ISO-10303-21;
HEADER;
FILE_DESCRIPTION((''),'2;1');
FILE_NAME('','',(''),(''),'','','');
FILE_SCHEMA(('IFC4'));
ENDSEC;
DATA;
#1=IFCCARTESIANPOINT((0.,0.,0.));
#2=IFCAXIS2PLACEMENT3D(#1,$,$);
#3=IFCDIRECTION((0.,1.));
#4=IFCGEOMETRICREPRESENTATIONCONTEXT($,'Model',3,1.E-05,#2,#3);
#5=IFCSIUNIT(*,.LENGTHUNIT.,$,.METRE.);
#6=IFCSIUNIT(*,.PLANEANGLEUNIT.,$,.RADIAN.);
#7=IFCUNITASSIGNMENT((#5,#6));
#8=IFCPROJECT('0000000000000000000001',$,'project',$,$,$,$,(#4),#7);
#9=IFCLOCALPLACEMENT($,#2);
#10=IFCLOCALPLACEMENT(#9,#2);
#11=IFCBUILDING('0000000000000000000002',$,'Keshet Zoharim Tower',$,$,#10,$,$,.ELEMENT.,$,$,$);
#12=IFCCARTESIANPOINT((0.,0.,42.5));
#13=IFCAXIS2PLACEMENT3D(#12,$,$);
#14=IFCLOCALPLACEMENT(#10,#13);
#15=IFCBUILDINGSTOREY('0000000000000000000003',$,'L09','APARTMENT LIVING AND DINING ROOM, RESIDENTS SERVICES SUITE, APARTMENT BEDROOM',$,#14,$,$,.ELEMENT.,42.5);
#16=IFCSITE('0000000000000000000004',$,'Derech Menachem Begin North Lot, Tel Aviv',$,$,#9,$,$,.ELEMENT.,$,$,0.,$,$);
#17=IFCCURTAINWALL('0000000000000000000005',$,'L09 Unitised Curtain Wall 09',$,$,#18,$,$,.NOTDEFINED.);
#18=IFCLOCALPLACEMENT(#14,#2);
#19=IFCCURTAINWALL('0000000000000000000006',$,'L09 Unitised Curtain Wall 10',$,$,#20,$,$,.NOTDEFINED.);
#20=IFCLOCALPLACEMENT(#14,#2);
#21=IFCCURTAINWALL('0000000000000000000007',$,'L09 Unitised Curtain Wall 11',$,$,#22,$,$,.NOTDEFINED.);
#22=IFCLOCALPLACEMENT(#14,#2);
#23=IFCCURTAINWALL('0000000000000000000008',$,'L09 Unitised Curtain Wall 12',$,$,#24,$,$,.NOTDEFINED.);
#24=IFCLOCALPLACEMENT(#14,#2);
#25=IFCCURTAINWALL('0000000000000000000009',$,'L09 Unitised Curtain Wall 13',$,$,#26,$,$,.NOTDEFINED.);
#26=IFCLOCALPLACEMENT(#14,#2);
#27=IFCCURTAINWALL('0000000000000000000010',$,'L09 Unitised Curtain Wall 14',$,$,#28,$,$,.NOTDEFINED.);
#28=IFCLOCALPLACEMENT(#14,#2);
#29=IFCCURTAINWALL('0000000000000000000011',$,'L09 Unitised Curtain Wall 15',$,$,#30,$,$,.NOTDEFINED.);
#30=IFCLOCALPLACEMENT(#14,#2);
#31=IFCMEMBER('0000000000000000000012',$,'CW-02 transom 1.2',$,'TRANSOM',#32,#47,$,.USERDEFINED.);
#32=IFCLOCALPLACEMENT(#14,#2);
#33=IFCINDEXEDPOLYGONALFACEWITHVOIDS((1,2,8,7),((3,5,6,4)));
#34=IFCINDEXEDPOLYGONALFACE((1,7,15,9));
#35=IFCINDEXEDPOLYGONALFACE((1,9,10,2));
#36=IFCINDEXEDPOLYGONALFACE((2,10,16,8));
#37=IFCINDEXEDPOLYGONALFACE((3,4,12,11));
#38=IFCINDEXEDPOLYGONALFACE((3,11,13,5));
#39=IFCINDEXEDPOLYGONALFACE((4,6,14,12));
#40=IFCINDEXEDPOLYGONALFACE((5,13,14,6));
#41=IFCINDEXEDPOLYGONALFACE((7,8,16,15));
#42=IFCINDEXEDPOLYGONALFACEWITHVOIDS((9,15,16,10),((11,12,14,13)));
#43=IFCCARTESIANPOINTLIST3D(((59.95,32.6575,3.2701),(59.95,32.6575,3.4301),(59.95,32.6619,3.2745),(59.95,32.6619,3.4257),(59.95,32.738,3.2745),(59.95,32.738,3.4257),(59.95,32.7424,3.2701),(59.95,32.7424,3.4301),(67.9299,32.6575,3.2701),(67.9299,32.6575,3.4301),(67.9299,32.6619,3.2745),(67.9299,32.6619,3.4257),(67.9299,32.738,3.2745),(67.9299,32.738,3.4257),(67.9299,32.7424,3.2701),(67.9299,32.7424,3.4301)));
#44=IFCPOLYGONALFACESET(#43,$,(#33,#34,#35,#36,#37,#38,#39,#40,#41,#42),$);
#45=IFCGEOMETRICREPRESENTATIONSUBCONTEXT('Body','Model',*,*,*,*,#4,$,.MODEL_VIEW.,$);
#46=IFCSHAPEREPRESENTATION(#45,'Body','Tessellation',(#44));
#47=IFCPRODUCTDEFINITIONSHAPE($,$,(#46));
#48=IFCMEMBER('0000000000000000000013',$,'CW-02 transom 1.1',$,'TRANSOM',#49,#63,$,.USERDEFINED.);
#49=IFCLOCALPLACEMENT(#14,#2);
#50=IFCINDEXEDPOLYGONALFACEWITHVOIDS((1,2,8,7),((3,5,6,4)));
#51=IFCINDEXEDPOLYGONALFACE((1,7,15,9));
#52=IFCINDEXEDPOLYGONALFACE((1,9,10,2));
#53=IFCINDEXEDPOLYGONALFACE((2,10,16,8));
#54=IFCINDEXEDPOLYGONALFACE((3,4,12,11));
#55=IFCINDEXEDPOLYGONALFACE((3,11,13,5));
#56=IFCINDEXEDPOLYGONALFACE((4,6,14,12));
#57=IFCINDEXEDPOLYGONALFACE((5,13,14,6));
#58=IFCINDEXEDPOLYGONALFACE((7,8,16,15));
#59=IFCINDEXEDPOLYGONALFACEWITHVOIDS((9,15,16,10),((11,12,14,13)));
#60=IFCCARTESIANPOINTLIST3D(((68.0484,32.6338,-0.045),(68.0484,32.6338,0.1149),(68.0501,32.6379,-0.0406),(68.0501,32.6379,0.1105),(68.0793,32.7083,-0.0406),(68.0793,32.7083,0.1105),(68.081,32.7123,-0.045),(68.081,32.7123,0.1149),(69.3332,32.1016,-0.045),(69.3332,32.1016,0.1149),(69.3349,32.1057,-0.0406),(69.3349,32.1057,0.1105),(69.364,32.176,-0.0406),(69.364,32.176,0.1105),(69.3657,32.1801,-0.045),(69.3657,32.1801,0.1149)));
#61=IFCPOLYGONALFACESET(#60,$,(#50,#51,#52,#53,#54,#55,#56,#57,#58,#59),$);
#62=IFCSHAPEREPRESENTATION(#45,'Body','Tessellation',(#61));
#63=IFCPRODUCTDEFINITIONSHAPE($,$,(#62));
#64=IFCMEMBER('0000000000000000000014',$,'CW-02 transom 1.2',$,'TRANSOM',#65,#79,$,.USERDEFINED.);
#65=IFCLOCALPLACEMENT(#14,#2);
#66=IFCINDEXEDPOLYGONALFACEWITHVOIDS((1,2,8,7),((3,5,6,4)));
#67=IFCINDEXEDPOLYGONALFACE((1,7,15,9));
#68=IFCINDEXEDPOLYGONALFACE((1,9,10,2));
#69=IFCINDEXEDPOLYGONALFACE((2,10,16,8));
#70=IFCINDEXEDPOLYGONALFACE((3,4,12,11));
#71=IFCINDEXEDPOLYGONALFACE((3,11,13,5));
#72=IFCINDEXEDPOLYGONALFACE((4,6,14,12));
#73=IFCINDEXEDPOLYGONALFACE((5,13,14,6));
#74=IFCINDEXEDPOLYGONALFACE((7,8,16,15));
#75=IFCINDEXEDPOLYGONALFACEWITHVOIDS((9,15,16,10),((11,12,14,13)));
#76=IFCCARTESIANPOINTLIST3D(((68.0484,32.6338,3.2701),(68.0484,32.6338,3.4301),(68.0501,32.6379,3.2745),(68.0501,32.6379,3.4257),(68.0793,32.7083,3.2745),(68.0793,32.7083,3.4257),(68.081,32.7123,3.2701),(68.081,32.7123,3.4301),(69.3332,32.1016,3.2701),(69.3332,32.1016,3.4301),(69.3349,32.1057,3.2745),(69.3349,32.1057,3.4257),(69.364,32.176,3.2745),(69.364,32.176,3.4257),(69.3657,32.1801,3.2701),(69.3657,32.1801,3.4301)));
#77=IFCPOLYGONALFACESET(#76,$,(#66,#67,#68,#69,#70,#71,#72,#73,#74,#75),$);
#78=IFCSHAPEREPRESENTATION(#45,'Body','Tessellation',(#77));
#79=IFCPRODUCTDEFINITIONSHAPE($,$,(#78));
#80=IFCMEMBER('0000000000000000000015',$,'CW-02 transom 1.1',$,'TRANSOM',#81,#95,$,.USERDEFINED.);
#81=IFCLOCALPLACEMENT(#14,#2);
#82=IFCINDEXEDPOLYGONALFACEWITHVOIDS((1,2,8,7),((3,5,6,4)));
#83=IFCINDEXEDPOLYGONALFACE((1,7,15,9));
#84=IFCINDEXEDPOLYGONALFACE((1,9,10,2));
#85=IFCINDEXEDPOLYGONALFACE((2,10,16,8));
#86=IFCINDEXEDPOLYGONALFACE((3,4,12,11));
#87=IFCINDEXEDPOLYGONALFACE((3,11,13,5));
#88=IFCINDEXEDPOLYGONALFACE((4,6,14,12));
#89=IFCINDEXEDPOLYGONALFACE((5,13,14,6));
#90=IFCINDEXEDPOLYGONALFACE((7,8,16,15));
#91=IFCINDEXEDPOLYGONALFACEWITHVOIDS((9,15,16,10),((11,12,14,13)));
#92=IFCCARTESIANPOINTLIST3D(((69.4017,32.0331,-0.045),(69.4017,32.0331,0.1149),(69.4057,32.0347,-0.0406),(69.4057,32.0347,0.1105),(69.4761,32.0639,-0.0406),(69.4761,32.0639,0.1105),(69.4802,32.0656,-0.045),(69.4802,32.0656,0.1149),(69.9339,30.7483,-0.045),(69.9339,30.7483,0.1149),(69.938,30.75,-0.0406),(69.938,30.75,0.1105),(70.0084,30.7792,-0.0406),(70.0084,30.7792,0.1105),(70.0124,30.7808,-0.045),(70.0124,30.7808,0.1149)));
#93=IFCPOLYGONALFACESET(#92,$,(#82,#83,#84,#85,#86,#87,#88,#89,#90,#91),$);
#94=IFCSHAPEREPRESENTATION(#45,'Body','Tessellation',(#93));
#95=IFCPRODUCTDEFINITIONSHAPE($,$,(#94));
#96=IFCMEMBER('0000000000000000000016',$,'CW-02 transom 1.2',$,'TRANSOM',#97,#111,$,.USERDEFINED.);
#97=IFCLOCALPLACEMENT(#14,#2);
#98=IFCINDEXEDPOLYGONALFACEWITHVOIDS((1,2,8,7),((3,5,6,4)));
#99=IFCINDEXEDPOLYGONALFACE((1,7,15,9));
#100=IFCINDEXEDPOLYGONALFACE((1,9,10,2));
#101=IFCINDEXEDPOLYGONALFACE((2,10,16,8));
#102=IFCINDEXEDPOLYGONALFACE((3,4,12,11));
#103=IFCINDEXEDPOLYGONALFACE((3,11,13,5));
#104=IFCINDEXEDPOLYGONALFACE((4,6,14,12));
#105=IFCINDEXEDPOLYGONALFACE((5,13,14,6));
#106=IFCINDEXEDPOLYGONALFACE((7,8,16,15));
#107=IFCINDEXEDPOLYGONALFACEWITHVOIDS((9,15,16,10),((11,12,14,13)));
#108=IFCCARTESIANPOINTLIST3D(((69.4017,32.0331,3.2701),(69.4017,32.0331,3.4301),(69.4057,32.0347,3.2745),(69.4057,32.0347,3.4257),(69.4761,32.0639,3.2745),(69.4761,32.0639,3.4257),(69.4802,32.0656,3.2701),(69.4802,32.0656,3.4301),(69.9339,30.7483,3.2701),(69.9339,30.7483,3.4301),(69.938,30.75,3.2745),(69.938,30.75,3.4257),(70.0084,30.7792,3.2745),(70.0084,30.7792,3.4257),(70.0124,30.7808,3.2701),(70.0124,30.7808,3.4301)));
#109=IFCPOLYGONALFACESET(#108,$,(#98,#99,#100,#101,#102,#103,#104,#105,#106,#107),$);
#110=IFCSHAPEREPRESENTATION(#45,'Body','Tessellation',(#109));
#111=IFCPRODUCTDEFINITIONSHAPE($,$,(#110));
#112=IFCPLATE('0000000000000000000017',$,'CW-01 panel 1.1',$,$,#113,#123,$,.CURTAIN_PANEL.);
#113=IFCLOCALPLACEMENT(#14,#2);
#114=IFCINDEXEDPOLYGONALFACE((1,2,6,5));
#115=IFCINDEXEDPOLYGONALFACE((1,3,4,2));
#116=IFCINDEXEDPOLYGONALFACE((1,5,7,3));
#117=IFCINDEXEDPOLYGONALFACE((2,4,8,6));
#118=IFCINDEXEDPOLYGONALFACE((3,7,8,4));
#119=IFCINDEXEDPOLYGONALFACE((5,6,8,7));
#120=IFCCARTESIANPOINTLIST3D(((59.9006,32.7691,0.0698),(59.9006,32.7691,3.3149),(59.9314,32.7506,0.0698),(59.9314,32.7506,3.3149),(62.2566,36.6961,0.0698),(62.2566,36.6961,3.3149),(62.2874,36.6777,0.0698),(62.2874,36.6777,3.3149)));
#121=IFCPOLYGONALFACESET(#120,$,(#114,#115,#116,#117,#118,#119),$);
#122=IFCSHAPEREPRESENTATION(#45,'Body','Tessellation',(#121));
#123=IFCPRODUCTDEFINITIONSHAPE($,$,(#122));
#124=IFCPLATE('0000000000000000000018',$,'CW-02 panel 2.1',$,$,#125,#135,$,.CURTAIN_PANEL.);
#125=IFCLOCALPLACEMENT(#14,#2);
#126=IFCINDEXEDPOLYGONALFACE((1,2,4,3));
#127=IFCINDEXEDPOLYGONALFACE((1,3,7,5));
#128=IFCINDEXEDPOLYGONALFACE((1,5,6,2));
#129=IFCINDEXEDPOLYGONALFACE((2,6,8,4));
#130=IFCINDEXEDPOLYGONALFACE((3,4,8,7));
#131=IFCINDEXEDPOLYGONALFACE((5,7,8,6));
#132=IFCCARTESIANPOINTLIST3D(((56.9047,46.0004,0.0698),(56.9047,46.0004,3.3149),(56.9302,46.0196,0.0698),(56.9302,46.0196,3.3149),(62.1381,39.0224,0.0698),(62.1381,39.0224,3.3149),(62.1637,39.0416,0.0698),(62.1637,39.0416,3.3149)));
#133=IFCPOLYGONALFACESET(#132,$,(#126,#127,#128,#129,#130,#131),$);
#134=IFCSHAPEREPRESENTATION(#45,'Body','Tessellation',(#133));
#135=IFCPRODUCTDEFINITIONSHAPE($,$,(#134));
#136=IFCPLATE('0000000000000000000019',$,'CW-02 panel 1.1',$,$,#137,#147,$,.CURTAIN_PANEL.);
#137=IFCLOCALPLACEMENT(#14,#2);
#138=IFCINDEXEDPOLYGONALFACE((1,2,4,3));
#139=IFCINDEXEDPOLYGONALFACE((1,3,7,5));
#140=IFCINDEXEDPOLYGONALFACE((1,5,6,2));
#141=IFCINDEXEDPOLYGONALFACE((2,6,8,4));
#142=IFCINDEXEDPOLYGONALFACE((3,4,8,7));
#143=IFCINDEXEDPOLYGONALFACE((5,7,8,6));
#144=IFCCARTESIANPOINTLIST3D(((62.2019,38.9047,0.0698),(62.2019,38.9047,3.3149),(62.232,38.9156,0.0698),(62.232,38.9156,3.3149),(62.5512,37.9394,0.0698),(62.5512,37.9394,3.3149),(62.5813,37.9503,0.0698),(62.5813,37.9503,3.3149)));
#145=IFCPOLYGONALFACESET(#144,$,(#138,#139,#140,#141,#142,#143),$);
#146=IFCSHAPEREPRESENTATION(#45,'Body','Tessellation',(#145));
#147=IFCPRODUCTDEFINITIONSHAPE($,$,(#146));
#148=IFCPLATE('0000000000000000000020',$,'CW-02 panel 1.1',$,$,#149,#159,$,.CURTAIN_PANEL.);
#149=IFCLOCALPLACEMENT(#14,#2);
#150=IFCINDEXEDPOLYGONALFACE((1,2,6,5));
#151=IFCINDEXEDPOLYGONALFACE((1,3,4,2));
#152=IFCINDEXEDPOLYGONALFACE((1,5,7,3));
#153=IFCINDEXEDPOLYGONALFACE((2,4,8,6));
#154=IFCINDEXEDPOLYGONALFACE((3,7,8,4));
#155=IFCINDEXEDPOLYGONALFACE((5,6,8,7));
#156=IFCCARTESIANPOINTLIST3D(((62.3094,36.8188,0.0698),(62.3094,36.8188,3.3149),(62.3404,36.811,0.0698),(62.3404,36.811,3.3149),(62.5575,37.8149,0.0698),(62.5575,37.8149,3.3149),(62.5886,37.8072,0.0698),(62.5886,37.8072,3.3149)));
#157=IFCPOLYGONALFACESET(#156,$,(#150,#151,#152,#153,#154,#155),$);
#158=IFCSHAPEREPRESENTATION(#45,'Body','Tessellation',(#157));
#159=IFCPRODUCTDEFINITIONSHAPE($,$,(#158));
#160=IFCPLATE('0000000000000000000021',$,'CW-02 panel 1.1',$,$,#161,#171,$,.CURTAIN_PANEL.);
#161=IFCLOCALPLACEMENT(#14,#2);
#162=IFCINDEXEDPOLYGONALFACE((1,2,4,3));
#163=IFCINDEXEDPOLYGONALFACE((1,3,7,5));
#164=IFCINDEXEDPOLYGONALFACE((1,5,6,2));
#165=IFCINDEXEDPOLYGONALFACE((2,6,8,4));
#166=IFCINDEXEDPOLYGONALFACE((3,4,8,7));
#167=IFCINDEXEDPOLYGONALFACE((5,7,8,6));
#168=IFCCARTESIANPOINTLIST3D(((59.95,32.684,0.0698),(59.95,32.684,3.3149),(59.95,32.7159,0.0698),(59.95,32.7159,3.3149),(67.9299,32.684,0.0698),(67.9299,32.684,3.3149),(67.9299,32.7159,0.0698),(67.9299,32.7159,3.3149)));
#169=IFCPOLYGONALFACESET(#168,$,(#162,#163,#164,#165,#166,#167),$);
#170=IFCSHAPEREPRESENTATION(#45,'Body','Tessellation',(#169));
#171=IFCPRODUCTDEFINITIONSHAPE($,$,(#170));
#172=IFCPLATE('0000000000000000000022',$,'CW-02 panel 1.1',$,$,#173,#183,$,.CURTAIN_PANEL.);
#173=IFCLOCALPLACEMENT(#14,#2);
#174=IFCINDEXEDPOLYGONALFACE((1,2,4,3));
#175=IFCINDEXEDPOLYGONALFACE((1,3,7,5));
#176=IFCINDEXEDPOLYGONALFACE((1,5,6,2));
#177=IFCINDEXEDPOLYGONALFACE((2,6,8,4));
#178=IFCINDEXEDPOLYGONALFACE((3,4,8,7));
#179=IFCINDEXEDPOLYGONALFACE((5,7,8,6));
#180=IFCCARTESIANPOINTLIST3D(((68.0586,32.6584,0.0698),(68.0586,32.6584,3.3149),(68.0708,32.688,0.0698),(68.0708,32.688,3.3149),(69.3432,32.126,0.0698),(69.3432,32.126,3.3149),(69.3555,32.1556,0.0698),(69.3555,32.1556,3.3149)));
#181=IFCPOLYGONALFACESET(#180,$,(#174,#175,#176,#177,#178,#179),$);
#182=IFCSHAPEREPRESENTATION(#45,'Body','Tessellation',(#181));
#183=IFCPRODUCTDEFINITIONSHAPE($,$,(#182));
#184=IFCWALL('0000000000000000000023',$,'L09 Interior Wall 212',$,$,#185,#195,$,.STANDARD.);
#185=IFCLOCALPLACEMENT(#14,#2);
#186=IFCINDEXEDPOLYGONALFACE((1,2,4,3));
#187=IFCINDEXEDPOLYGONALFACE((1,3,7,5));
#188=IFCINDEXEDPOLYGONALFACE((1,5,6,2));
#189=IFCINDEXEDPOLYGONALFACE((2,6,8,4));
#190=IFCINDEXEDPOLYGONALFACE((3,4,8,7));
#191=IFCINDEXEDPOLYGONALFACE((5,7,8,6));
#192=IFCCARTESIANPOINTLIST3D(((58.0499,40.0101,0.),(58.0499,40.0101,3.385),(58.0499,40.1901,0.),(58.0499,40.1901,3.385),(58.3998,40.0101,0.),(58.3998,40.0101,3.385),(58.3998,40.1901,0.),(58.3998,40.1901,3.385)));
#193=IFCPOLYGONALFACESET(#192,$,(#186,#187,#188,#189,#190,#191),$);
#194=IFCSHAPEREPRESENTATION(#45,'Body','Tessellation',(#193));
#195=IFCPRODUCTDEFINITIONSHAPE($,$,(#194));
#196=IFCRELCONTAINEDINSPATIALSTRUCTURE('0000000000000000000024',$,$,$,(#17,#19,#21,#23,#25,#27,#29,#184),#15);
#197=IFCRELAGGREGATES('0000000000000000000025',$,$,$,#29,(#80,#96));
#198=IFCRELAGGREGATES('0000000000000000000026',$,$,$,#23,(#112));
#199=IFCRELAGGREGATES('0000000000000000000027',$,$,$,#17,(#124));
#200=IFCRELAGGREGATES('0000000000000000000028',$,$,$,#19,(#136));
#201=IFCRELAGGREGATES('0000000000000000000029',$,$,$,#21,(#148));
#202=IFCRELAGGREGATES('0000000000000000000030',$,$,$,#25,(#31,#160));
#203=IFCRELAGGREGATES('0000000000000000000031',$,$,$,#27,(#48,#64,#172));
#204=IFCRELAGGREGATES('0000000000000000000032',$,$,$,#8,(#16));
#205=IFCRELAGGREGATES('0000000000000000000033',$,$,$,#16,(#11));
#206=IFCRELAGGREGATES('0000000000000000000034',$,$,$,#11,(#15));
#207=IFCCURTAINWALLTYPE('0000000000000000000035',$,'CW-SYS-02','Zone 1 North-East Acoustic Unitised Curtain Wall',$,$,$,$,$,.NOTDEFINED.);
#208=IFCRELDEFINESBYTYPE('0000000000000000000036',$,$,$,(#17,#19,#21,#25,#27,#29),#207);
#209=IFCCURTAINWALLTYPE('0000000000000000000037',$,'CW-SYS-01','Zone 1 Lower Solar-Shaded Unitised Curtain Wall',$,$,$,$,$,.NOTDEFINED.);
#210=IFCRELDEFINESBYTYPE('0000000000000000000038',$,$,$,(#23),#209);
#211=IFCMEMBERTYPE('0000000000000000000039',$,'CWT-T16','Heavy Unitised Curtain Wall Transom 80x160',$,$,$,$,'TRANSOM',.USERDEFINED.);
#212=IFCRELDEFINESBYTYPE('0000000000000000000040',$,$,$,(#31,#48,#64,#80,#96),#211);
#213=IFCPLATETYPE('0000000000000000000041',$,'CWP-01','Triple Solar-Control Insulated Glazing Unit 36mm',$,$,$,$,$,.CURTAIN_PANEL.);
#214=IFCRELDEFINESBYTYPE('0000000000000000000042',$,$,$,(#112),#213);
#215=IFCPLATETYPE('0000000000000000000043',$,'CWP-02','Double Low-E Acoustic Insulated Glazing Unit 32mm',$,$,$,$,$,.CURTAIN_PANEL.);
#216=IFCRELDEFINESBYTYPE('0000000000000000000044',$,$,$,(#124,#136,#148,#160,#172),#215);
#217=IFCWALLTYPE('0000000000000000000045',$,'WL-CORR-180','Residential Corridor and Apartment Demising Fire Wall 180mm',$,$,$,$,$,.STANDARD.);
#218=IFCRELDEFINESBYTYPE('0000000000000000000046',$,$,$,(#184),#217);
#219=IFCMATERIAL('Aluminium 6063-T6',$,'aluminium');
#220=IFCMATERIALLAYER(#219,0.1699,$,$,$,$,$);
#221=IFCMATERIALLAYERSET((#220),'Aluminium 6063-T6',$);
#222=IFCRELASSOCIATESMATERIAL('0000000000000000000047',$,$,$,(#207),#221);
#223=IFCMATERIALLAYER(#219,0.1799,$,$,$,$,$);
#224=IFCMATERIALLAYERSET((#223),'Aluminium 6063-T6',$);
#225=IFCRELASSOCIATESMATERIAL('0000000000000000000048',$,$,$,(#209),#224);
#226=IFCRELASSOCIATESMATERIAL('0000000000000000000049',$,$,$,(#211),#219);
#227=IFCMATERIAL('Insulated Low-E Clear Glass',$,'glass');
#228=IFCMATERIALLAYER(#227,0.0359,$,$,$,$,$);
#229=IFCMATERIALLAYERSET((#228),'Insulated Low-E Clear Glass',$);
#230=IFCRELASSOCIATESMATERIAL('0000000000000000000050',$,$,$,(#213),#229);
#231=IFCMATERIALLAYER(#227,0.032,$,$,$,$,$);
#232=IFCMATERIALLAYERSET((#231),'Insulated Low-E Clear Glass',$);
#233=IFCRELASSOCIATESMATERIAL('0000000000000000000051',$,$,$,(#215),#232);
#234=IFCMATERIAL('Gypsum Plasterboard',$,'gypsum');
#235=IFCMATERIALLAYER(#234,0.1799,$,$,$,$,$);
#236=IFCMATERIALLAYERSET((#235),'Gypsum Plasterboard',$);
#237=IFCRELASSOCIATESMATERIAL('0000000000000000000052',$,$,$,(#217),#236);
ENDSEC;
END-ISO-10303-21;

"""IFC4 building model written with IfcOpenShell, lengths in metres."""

from ifc_helpers import new_model, si_unit, direction, frame, frame_2d, origin, origin_2d, place, context, subcontext, project, spatial, rectangle, hollow_rectangle, extrude, material, layer, layer_set, material_profile, profile_set, type_object, element, aggregate, save


model = new_model("IFC4")

# Units and contexts
model_context = context("Model", 3, precision=1e-05, world=origin(), true_north=direction((0.0, 1.0)))
body_context = subcontext(model_context, "Body", "Model", "MODEL_VIEW")
ifc_project = project(units=[si_unit("LENGTHUNIT", "METRE"), si_unit("PLANEANGLEUNIT", "RADIAN")], contexts=[model_context])

# Site, building, storey
site_placement = place(None, origin())
site = spatial("IfcSite", under=ifc_project, at=site_placement, Name="Derech Menachem Begin North Lot, Tel Aviv", CompositionType="ELEMENT", RefElevation=0.0)
building_placement = place(site_placement, origin())
building = spatial("IfcBuilding", under=site, at=building_placement, Name="Keshet Zoharim Tower", CompositionType="ELEMENT")
storey_placement = place(building_placement, frame((0.0, 0.0, 42.5)))
storey = spatial("IfcBuildingStorey", under=building, at=storey_placement, Name="L09", Description="APARTMENT LIVING AND DINING ROOM, RESIDENTS SERVICES SUITE, APARTMENT BEDROOM", CompositionType="ELEMENT", Elevation=42.5)

# Curtain wall
ifc_material_1 = material(Name="Aluminium 6063-T6", Category="aluminium")
ifc_layer_1 = layer(ifc_material_1, 0.1699)
ifc_layer_set_1 = layer_set([ifc_layer_1], Name="Aluminium 6063-T6")
curtain_wall_type_1 = type_object("IfcCurtainWallType", Name="CW-SYS-02", Description="Zone 1 North-East Acoustic Unitised Curtain Wall", PredefinedType="NOTDEFINED", material=ifc_layer_set_1)
curtain_wall_1_placement = place(storey_placement, origin())
curtain_wall_1 = element("IfcCurtainWall", 1, at=curtain_wall_1_placement, inside=storey, type_object=curtain_wall_type_1, Name="L09 Unitised Curtain Wall 09", PredefinedType="NOTDEFINED")

# Curtain walls
curtain_wall_2_placement = place(storey_placement, origin())
curtain_wall_2 = element("IfcCurtainWall", 2, at=curtain_wall_2_placement, inside=storey, type_object=curtain_wall_type_1, Name="L09 Unitised Curtain Wall 10", PredefinedType="NOTDEFINED")
curtain_wall_3_placement = place(storey_placement, origin())
curtain_wall_3 = element("IfcCurtainWall", 3, at=curtain_wall_3_placement, inside=storey, type_object=curtain_wall_type_1, Name="L09 Unitised Curtain Wall 11", PredefinedType="NOTDEFINED")
ifc_layer_2 = layer(ifc_material_1, 0.1799)
ifc_layer_set_2 = layer_set([ifc_layer_2], Name="Aluminium 6063-T6")
curtain_wall_type_2 = type_object("IfcCurtainWallType", Name="CW-SYS-01", Description="Zone 1 Lower Solar-Shaded Unitised Curtain Wall", PredefinedType="NOTDEFINED", material=ifc_layer_set_2)
curtain_wall_4_placement = place(storey_placement, origin())
curtain_wall_4 = element("IfcCurtainWall", 4, at=curtain_wall_4_placement, inside=storey, type_object=curtain_wall_type_2, Name="L09 Unitised Curtain Wall 12", PredefinedType="NOTDEFINED")
curtain_wall_5_placement = place(storey_placement, origin())
curtain_wall_5 = element("IfcCurtainWall", 5, at=curtain_wall_5_placement, inside=storey, type_object=curtain_wall_type_1, Name="L09 Unitised Curtain Wall 13", PredefinedType="NOTDEFINED")
curtain_wall_6_placement = place(storey_placement, origin())
curtain_wall_6 = element("IfcCurtainWall", 6, at=curtain_wall_6_placement, inside=storey, type_object=curtain_wall_type_1, Name="L09 Unitised Curtain Wall 14", PredefinedType="NOTDEFINED")

# Curtain wall
curtain_wall_7_placement = place(storey_placement, origin())
curtain_wall_7 = element("IfcCurtainWall", 7, at=curtain_wall_7_placement, inside=storey, type_object=curtain_wall_type_1, Name="L09 Unitised Curtain Wall 15", PredefinedType="NOTDEFINED")

# Members
ifc_material_profile_1 = material_profile(ifc_material_1, hollow_rectangle(XDim=0.085, YDim=0.1599, WallThickness=0.0044, at=origin_2d()), Name="TRN-85x160")
ifc_profile_set_1 = profile_set([ifc_material_profile_1], Name="Aluminium 6063-T6")
member_type_1 = type_object("IfcMemberType", Name="CWT-T16", Description="Heavy Unitised Curtain Wall Transom 80x160", ElementType="TRANSOM", PredefinedType="USERDEFINED", material=ifc_profile_set_1)
member_1_placement = place(storey_placement, frame((59.95, 32.7, 3.3501), z_axis=(1.0, 0.0, 0.0), x_axis=(0.0, 1.0, 0.0)))
member_1 = element("IfcMember", 8, at=member_1_placement, type_object=member_type_1, Name="CW-02 transom 1.2", ObjectType="TRANSOM", PredefinedType="USERDEFINED", context=body_context, shape_type="SweptSolid", body=[
    extrude(hollow_rectangle(XDim=0.085, YDim=0.1599, WallThickness=0.0044, at=origin_2d()), origin(), (0.0, 0.0, 1.0), 7.98),
])
member_2_placement = place(storey_placement, frame((68.0647, 32.6731, 0.0349), z_axis=(0.923854, -0.382745, 0.0), x_axis=(0.382745, 0.923854, 0.0)))
member_2 = element("IfcMember", 9, at=member_2_placement, type_object=member_type_1, Name="CW-02 transom 1.1", ObjectType="TRANSOM", PredefinedType="USERDEFINED", context=body_context, shape_type="SweptSolid", body=[
    extrude(hollow_rectangle(XDim=0.085, YDim=0.1599, WallThickness=0.0044, at=origin_2d()), origin(), (0.0, 0.0, 1.0), 1.3906),
])
member_3_placement = place(storey_placement, frame((68.0647, 32.6731, 3.3501), z_axis=(0.923854, -0.382745, 0.0), x_axis=(0.382745, 0.923854, 0.0)))
member_3 = element("IfcMember", 10, at=member_3_placement, type_object=member_type_1, Name="CW-02 transom 1.2", ObjectType="TRANSOM", PredefinedType="USERDEFINED", context=body_context, shape_type="SweptSolid", body=[
    extrude(hollow_rectangle(XDim=0.085, YDim=0.1599, WallThickness=0.0044, at=origin_2d()), origin(), (0.0, 0.0, 1.0), 1.3906),
])
member_4_placement = place(storey_placement, frame((69.4409, 32.0493, 0.0349), z_axis=(0.382745, -0.923854, 0.0), x_axis=(0.923854, 0.382745, 0.0)))
member_4 = element("IfcMember", 11, at=member_4_placement, type_object=member_type_1, Name="CW-02 transom 1.1", ObjectType="TRANSOM", PredefinedType="USERDEFINED", context=body_context, shape_type="SweptSolid", body=[
    extrude(hollow_rectangle(XDim=0.085, YDim=0.1599, WallThickness=0.0044, at=origin_2d()), origin(), (0.0, 0.0, 1.0), 1.3906),
])
member_5_placement = place(storey_placement, frame((69.4409, 32.0493, 3.3501), z_axis=(0.382745, -0.923854, 0.0), x_axis=(0.923854, 0.382745, 0.0)))
member_5 = element("IfcMember", 12, at=member_5_placement, type_object=member_type_1, Name="CW-02 transom 1.2", ObjectType="TRANSOM", PredefinedType="USERDEFINED", context=body_context, shape_type="SweptSolid", body=[
    extrude(hollow_rectangle(XDim=0.085, YDim=0.1599, WallThickness=0.0044, at=origin_2d()), origin(), (0.0, 0.0, 1.0), 1.3906),
])
aggregate(curtain_wall_7, [member_4, member_5])

# Plates
ifc_material_2 = material(Name="Insulated Low-E Clear Glass", Category="glass")
ifc_layer_3 = layer(ifc_material_2, 0.0359)
ifc_layer_set_3 = layer_set([ifc_layer_3], Name="Insulated Low-E Clear Glass")
plate_type_1 = type_object("IfcPlateType", Name="CWP-01", Description="Triple Solar-Control Insulated Glazing Unit 36mm", PredefinedType="CURTAIN_PANEL", material=ifc_layer_set_3)
plate_1_placement = place(storey_placement, frame((61.094, 34.7234, 0.0698), z_axis=(0.0, 0.0, 1.0), x_axis=(-0.514465, -0.857512, 0.0)))
plate_1 = element("IfcPlate", 13, at=plate_1_placement, type_object=plate_type_1, Name="CW-01 panel 1.1", PredefinedType="CURTAIN_PANEL", context=body_context, shape_type="SweptSolid", body=[
    extrude(rectangle(XDim=4.5796, YDim=0.0359, at=origin_2d()), origin(), (0.0, 0.0, 1.0), 3.2451),
])
aggregate(curtain_wall_4, [plate_1])
ifc_layer_4 = layer(ifc_material_2, 0.032)
ifc_layer_set_4 = layer_set([ifc_layer_4], Name="Insulated Low-E Clear Glass")
plate_type_2 = type_object("IfcPlateType", Name="CWP-02", Description="Double Low-E Acoustic Insulated Glazing Unit 32mm", PredefinedType="CURTAIN_PANEL", material=ifc_layer_set_4)
plate_2_placement = place(storey_placement, frame((59.5342, 42.521, 0.0698), z_axis=(0.0, 0.0, 1.0), x_axis=(0.6, -0.8, 0.0)))
plate_2 = element("IfcPlate", 14, at=plate_2_placement, type_object=plate_type_2, Name="CW-02 panel 2.1", PredefinedType="CURTAIN_PANEL", context=body_context, shape_type="SweptSolid", body=[
    extrude(rectangle(XDim=8.7224, YDim=0.032, at=origin_2d()), origin(), (0.0, 0.0, 1.0), 3.2451),
])
aggregate(curtain_wall_1, [plate_2])
plate_3_placement = place(storey_placement, frame((62.3916, 38.4275, 0.0698), z_axis=(0.0, 0.0, 1.0), x_axis=(0.340297, -0.940318, 0.0)))
plate_3 = element("IfcPlate", 15, at=plate_3_placement, type_object=plate_type_2, Name="CW-02 panel 1.1", PredefinedType="CURTAIN_PANEL", context=body_context, shape_type="SweptSolid", body=[
    extrude(rectangle(XDim=1.0266, YDim=0.032, at=origin_2d()), origin(), (0.0, 0.0, 1.0), 3.2451),
])
aggregate(curtain_wall_2, [plate_3])
plate_4_placement = place(storey_placement, frame((62.449, 37.313, 0.0698), z_axis=(0.0, 0.0, 1.0), x_axis=(-0.241729, -0.970344, 0.0)))
plate_4 = element("IfcPlate", 16, at=plate_4_placement, type_object=plate_type_2, Name="CW-02 panel 1.1", PredefinedType="CURTAIN_PANEL", context=body_context, shape_type="SweptSolid", body=[
    extrude(rectangle(XDim=1.0266, YDim=0.032, at=origin_2d()), origin(), (0.0, 0.0, 1.0), 3.2451),
])
aggregate(curtain_wall_3, [plate_4])
plate_5_placement = place(storey_placement, frame((63.9399, 32.7, 0.0698), z_axis=(0.0, 0.0, 1.0), x_axis=(1.0, 0.0, 0.0)))
plate_5 = element("IfcPlate", 17, at=plate_5_placement, type_object=plate_type_2, Name="CW-02 panel 1.1", PredefinedType="CURTAIN_PANEL", context=body_context, shape_type="SweptSolid", body=[
    extrude(rectangle(XDim=7.98, YDim=0.032, at=origin_2d()), origin(), (0.0, 0.0, 1.0), 3.2451),
])
aggregate(curtain_wall_5, [member_1, plate_5])
plate_6_placement = place(storey_placement, frame((68.707, 32.407, 0.0698), z_axis=(0.0, 0.0, 1.0), x_axis=(0.92381, -0.382852, 0.0)))
plate_6 = element("IfcPlate", 18, at=plate_6_placement, type_object=plate_type_2, Name="CW-02 panel 1.1", PredefinedType="CURTAIN_PANEL", context=body_context, shape_type="SweptSolid", body=[
    extrude(rectangle(XDim=1.3906, YDim=0.032, at=origin_2d()), origin(), (0.0, 0.0, 1.0), 3.2451),
])
aggregate(curtain_wall_6, [member_2, member_3, plate_6])

# Wall
ifc_material_3 = material(Name="Gypsum Plasterboard", Category="gypsum")
ifc_layer_5 = layer(ifc_material_3, 0.1799)
ifc_layer_set_5 = layer_set([ifc_layer_5], Name="Gypsum Plasterboard")
wall_type_1 = type_object("IfcWallType", Name="WL-CORR-180", Description="Residential Corridor and Apartment Demising Fire Wall 180mm", PredefinedType="STANDARD", material=ifc_layer_set_5)
wall_1_placement = place(storey_placement, frame((58.05, 40.1001, 0.0), z_axis=(0.0, 0.0, 1.0), x_axis=(1.0, 0.0, 0.0)))
element("IfcWall", 19, at=wall_1_placement, inside=storey, type_object=wall_type_1, Name="L09 Interior Wall 212", PredefinedType="STANDARD", context=body_context, shape_type="SweptSolid", body=[
    extrude(rectangle(XDim=0.3499, YDim=0.1799, at=frame_2d((0.1748, 0.0))), origin(), (0.0, 0.0, 1.0), 3.385),
])

save(model, "model.ifc")
